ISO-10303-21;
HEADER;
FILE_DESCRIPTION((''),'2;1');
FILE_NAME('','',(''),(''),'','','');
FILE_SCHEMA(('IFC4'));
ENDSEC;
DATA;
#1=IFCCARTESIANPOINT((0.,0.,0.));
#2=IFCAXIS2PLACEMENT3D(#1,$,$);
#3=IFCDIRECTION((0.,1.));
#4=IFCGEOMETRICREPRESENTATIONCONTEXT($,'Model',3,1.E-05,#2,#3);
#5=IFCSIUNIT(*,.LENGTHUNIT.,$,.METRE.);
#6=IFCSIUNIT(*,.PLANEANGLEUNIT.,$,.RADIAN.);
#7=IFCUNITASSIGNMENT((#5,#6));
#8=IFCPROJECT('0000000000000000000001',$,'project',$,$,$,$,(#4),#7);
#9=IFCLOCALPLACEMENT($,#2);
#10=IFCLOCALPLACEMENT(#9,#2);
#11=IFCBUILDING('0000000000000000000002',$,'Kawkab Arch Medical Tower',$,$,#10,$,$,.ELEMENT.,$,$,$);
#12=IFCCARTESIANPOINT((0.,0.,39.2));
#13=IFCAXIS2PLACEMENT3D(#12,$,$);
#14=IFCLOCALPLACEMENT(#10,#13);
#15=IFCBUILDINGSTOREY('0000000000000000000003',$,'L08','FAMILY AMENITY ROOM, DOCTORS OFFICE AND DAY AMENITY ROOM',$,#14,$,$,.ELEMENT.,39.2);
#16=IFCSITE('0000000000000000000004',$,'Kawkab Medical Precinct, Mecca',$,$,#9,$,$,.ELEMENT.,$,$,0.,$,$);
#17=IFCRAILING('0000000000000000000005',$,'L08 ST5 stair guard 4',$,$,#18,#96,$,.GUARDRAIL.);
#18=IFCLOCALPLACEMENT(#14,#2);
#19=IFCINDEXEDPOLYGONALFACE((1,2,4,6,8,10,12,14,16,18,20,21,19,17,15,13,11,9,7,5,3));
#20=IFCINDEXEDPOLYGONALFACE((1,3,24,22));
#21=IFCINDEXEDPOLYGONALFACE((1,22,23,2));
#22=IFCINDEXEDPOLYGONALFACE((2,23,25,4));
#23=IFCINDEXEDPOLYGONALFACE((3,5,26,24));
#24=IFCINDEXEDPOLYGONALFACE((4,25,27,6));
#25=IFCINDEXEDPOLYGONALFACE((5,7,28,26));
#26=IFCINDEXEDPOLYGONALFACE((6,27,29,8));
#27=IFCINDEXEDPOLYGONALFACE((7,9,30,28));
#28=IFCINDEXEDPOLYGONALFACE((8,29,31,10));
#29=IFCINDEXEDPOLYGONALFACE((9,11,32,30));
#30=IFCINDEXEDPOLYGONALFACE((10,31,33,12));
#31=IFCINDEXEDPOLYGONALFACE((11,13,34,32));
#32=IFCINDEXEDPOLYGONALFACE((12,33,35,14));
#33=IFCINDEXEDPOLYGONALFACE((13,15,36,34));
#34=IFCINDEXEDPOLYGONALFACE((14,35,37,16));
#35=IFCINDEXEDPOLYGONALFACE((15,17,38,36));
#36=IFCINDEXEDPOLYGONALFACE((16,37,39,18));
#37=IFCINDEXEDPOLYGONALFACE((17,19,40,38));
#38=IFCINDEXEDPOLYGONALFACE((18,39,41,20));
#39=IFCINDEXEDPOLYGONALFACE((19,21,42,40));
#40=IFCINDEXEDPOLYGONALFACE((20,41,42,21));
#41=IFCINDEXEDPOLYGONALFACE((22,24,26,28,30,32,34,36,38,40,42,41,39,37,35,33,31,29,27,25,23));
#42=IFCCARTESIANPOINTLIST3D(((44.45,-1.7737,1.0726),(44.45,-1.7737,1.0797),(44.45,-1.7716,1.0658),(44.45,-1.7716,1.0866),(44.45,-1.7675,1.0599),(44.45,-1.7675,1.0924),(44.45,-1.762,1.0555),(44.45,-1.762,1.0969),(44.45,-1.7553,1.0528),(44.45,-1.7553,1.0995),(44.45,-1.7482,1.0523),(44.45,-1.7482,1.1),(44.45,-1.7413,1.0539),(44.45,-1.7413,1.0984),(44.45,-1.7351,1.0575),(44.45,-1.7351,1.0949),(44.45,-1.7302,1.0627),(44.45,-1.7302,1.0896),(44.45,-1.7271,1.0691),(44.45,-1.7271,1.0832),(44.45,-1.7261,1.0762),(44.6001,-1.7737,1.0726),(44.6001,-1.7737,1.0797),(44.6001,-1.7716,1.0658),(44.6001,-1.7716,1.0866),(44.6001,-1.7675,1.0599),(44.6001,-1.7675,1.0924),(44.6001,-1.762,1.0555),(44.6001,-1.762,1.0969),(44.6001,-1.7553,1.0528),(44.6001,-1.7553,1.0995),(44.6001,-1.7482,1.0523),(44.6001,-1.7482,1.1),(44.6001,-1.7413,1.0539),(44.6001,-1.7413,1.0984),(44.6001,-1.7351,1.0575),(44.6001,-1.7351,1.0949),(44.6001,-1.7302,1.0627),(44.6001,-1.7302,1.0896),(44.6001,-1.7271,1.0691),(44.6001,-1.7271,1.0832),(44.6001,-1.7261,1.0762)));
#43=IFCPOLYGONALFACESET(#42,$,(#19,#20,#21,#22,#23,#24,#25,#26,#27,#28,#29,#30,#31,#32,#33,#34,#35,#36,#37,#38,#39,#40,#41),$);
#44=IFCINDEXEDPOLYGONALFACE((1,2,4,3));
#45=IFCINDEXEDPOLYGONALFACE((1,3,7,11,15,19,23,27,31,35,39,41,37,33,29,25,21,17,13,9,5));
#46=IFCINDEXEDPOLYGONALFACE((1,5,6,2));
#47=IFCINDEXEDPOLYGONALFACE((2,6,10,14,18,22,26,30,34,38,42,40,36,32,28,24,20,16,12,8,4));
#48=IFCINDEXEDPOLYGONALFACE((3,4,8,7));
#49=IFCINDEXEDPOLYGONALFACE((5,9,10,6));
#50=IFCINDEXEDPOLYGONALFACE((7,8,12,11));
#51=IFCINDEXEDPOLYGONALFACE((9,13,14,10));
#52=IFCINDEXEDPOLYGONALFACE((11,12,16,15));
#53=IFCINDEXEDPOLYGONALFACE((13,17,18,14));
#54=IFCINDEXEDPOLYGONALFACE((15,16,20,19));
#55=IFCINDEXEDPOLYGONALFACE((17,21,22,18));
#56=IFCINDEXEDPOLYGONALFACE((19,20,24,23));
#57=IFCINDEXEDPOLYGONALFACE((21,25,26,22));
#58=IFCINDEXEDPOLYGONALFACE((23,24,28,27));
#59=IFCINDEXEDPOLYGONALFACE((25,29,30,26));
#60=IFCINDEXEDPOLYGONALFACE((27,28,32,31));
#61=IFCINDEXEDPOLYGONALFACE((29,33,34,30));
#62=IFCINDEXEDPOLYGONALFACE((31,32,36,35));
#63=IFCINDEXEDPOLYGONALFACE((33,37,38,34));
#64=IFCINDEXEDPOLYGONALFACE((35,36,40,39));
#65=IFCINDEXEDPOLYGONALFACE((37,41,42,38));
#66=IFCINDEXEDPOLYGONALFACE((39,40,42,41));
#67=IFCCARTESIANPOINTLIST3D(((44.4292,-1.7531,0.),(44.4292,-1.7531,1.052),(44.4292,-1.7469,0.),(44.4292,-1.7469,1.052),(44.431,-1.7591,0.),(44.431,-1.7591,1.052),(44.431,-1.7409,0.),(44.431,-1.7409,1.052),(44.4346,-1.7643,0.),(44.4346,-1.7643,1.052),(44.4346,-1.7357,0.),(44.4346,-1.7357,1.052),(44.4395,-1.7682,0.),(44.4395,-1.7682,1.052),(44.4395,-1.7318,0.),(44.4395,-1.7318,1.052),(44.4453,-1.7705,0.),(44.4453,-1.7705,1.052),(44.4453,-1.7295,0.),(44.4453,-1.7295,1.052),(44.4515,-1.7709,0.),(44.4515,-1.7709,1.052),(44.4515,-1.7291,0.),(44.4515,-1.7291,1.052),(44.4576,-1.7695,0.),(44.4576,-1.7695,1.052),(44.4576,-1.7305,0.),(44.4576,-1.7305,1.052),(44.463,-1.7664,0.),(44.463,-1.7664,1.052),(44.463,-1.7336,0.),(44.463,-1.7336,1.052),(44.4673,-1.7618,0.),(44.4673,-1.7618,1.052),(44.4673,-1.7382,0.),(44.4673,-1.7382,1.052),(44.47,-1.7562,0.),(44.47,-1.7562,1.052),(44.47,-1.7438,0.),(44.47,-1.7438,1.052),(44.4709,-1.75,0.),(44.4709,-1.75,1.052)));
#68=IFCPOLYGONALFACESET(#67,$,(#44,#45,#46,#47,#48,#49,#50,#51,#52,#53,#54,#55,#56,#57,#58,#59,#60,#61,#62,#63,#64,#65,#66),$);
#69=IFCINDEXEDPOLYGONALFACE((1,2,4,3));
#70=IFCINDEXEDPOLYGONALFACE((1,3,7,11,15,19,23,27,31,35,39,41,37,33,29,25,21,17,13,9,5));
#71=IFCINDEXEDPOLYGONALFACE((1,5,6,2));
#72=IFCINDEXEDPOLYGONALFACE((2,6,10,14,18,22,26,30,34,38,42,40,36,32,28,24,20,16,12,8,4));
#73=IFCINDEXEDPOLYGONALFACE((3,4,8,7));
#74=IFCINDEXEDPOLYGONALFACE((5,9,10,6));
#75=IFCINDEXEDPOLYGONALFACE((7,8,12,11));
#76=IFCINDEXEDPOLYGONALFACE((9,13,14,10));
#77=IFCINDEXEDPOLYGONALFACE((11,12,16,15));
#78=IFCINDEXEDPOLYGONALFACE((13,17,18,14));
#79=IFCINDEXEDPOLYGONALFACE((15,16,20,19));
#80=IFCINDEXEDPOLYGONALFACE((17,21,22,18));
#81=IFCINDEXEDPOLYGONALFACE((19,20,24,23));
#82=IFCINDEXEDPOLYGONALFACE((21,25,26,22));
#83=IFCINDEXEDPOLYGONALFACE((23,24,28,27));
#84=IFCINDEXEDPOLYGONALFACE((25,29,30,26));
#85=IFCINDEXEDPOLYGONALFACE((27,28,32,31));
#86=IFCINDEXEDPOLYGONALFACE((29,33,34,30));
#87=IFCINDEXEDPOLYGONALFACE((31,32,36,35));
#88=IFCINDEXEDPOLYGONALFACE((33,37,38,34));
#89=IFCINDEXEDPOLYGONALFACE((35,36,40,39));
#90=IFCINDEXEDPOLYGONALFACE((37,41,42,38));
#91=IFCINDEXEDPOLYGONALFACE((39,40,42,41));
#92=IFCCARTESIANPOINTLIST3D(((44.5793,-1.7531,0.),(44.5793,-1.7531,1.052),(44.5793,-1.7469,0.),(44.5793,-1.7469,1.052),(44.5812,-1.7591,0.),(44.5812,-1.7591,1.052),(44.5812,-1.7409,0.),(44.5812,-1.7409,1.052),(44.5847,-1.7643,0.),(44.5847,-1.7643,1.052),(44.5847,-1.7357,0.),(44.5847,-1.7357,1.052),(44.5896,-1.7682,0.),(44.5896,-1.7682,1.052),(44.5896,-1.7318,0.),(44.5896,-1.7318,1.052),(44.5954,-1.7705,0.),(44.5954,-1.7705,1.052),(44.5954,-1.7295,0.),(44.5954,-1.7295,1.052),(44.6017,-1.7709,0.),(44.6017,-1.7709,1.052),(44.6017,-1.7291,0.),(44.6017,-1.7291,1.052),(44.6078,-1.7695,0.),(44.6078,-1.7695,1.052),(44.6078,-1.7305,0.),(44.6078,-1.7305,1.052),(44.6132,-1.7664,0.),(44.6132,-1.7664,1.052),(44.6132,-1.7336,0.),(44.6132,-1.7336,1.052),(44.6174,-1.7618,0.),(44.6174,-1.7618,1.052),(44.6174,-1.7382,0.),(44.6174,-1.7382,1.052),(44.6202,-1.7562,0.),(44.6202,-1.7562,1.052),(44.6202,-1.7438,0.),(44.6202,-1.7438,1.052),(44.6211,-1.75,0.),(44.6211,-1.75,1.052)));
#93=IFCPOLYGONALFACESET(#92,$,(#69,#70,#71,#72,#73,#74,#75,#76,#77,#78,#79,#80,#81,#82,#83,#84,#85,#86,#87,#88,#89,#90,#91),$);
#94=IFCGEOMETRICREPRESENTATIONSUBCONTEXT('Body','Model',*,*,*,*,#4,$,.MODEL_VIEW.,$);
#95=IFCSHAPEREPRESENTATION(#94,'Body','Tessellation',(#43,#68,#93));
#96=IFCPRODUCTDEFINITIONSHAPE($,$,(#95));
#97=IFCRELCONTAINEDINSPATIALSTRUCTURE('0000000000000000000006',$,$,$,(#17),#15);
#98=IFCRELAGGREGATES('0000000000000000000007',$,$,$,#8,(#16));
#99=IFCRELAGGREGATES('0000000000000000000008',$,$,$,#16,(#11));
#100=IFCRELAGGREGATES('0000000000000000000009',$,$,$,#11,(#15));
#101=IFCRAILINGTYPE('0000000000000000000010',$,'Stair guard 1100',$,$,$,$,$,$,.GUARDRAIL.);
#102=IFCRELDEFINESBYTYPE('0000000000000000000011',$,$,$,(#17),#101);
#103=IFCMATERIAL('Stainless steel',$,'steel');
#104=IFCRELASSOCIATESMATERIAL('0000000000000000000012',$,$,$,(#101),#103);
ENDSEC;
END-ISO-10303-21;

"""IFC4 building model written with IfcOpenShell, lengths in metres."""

from ifc_helpers import new_model, si_unit, direction, frame, origin, origin_2d, place, context, subcontext, project, spatial, circle, extrude, material, type_object, element, save


model = new_model("IFC4")

# Units and contexts
model_context = context("Model", 3, precision=1e-05, world=origin(), true_north=direction((0.0, 1.0)))
body_context = subcontext(model_context, "Body", "Model", "MODEL_VIEW")
ifc_project = project(units=[si_unit("LENGTHUNIT", "METRE"), si_unit("PLANEANGLEUNIT", "RADIAN")], contexts=[model_context])

# Site, building, storey
site_placement = place(None, origin())
site = spatial("IfcSite", under=ifc_project, at=site_placement, Name="Kawkab Medical Precinct, Mecca", CompositionType="ELEMENT", RefElevation=0.0)
building_placement = place(site_placement, origin())
building = spatial("IfcBuilding", under=site, at=building_placement, Name="Kawkab Arch Medical Tower", CompositionType="ELEMENT")
storey_placement = place(building_placement, frame((0.0, 0.0, 39.2)))
storey = spatial("IfcBuildingStorey", under=building, at=storey_placement, Name="L08", Description="FAMILY AMENITY ROOM, DOCTORS OFFICE AND DAY AMENITY ROOM", CompositionType="ELEMENT", Elevation=39.2)

# Railing
ifc_material_1 = material(Name="Stainless steel", Category="steel")
railing_type = type_object("IfcRailingType", Name="Stair guard 1100", PredefinedType="GUARDRAIL", material=ifc_material_1)
railing_1_placement = place(storey_placement, frame((44.45, -1.75, 0.0)))
element("IfcRailing", 1, at=railing_1_placement, inside=storey, type_object=railing_type, Name="L08 ST5 stair guard 4", PredefinedType="GUARDRAIL", context=body_context, shape_type="SweptSolid", body=[
    extrude(circle(Radius=0.0239, at=origin_2d()), frame((0.0, 0.0, 1.0762), z_axis=(1.0, 0.0, 0.0), x_axis=(0.0, 1.0, 0.0)), (0.0, 0.0, 1.0), 0.1501),
    extrude(circle(Radius=0.021, at=origin_2d()), origin(), (0.0, 0.0, 1.0), 1.052),
    extrude(circle(Radius=0.021, at=origin_2d()), frame((0.1501, 0.0, 0.0)), (0.0, 0.0, 1.0), 1.052),
])

save(model, "model.ifc")
